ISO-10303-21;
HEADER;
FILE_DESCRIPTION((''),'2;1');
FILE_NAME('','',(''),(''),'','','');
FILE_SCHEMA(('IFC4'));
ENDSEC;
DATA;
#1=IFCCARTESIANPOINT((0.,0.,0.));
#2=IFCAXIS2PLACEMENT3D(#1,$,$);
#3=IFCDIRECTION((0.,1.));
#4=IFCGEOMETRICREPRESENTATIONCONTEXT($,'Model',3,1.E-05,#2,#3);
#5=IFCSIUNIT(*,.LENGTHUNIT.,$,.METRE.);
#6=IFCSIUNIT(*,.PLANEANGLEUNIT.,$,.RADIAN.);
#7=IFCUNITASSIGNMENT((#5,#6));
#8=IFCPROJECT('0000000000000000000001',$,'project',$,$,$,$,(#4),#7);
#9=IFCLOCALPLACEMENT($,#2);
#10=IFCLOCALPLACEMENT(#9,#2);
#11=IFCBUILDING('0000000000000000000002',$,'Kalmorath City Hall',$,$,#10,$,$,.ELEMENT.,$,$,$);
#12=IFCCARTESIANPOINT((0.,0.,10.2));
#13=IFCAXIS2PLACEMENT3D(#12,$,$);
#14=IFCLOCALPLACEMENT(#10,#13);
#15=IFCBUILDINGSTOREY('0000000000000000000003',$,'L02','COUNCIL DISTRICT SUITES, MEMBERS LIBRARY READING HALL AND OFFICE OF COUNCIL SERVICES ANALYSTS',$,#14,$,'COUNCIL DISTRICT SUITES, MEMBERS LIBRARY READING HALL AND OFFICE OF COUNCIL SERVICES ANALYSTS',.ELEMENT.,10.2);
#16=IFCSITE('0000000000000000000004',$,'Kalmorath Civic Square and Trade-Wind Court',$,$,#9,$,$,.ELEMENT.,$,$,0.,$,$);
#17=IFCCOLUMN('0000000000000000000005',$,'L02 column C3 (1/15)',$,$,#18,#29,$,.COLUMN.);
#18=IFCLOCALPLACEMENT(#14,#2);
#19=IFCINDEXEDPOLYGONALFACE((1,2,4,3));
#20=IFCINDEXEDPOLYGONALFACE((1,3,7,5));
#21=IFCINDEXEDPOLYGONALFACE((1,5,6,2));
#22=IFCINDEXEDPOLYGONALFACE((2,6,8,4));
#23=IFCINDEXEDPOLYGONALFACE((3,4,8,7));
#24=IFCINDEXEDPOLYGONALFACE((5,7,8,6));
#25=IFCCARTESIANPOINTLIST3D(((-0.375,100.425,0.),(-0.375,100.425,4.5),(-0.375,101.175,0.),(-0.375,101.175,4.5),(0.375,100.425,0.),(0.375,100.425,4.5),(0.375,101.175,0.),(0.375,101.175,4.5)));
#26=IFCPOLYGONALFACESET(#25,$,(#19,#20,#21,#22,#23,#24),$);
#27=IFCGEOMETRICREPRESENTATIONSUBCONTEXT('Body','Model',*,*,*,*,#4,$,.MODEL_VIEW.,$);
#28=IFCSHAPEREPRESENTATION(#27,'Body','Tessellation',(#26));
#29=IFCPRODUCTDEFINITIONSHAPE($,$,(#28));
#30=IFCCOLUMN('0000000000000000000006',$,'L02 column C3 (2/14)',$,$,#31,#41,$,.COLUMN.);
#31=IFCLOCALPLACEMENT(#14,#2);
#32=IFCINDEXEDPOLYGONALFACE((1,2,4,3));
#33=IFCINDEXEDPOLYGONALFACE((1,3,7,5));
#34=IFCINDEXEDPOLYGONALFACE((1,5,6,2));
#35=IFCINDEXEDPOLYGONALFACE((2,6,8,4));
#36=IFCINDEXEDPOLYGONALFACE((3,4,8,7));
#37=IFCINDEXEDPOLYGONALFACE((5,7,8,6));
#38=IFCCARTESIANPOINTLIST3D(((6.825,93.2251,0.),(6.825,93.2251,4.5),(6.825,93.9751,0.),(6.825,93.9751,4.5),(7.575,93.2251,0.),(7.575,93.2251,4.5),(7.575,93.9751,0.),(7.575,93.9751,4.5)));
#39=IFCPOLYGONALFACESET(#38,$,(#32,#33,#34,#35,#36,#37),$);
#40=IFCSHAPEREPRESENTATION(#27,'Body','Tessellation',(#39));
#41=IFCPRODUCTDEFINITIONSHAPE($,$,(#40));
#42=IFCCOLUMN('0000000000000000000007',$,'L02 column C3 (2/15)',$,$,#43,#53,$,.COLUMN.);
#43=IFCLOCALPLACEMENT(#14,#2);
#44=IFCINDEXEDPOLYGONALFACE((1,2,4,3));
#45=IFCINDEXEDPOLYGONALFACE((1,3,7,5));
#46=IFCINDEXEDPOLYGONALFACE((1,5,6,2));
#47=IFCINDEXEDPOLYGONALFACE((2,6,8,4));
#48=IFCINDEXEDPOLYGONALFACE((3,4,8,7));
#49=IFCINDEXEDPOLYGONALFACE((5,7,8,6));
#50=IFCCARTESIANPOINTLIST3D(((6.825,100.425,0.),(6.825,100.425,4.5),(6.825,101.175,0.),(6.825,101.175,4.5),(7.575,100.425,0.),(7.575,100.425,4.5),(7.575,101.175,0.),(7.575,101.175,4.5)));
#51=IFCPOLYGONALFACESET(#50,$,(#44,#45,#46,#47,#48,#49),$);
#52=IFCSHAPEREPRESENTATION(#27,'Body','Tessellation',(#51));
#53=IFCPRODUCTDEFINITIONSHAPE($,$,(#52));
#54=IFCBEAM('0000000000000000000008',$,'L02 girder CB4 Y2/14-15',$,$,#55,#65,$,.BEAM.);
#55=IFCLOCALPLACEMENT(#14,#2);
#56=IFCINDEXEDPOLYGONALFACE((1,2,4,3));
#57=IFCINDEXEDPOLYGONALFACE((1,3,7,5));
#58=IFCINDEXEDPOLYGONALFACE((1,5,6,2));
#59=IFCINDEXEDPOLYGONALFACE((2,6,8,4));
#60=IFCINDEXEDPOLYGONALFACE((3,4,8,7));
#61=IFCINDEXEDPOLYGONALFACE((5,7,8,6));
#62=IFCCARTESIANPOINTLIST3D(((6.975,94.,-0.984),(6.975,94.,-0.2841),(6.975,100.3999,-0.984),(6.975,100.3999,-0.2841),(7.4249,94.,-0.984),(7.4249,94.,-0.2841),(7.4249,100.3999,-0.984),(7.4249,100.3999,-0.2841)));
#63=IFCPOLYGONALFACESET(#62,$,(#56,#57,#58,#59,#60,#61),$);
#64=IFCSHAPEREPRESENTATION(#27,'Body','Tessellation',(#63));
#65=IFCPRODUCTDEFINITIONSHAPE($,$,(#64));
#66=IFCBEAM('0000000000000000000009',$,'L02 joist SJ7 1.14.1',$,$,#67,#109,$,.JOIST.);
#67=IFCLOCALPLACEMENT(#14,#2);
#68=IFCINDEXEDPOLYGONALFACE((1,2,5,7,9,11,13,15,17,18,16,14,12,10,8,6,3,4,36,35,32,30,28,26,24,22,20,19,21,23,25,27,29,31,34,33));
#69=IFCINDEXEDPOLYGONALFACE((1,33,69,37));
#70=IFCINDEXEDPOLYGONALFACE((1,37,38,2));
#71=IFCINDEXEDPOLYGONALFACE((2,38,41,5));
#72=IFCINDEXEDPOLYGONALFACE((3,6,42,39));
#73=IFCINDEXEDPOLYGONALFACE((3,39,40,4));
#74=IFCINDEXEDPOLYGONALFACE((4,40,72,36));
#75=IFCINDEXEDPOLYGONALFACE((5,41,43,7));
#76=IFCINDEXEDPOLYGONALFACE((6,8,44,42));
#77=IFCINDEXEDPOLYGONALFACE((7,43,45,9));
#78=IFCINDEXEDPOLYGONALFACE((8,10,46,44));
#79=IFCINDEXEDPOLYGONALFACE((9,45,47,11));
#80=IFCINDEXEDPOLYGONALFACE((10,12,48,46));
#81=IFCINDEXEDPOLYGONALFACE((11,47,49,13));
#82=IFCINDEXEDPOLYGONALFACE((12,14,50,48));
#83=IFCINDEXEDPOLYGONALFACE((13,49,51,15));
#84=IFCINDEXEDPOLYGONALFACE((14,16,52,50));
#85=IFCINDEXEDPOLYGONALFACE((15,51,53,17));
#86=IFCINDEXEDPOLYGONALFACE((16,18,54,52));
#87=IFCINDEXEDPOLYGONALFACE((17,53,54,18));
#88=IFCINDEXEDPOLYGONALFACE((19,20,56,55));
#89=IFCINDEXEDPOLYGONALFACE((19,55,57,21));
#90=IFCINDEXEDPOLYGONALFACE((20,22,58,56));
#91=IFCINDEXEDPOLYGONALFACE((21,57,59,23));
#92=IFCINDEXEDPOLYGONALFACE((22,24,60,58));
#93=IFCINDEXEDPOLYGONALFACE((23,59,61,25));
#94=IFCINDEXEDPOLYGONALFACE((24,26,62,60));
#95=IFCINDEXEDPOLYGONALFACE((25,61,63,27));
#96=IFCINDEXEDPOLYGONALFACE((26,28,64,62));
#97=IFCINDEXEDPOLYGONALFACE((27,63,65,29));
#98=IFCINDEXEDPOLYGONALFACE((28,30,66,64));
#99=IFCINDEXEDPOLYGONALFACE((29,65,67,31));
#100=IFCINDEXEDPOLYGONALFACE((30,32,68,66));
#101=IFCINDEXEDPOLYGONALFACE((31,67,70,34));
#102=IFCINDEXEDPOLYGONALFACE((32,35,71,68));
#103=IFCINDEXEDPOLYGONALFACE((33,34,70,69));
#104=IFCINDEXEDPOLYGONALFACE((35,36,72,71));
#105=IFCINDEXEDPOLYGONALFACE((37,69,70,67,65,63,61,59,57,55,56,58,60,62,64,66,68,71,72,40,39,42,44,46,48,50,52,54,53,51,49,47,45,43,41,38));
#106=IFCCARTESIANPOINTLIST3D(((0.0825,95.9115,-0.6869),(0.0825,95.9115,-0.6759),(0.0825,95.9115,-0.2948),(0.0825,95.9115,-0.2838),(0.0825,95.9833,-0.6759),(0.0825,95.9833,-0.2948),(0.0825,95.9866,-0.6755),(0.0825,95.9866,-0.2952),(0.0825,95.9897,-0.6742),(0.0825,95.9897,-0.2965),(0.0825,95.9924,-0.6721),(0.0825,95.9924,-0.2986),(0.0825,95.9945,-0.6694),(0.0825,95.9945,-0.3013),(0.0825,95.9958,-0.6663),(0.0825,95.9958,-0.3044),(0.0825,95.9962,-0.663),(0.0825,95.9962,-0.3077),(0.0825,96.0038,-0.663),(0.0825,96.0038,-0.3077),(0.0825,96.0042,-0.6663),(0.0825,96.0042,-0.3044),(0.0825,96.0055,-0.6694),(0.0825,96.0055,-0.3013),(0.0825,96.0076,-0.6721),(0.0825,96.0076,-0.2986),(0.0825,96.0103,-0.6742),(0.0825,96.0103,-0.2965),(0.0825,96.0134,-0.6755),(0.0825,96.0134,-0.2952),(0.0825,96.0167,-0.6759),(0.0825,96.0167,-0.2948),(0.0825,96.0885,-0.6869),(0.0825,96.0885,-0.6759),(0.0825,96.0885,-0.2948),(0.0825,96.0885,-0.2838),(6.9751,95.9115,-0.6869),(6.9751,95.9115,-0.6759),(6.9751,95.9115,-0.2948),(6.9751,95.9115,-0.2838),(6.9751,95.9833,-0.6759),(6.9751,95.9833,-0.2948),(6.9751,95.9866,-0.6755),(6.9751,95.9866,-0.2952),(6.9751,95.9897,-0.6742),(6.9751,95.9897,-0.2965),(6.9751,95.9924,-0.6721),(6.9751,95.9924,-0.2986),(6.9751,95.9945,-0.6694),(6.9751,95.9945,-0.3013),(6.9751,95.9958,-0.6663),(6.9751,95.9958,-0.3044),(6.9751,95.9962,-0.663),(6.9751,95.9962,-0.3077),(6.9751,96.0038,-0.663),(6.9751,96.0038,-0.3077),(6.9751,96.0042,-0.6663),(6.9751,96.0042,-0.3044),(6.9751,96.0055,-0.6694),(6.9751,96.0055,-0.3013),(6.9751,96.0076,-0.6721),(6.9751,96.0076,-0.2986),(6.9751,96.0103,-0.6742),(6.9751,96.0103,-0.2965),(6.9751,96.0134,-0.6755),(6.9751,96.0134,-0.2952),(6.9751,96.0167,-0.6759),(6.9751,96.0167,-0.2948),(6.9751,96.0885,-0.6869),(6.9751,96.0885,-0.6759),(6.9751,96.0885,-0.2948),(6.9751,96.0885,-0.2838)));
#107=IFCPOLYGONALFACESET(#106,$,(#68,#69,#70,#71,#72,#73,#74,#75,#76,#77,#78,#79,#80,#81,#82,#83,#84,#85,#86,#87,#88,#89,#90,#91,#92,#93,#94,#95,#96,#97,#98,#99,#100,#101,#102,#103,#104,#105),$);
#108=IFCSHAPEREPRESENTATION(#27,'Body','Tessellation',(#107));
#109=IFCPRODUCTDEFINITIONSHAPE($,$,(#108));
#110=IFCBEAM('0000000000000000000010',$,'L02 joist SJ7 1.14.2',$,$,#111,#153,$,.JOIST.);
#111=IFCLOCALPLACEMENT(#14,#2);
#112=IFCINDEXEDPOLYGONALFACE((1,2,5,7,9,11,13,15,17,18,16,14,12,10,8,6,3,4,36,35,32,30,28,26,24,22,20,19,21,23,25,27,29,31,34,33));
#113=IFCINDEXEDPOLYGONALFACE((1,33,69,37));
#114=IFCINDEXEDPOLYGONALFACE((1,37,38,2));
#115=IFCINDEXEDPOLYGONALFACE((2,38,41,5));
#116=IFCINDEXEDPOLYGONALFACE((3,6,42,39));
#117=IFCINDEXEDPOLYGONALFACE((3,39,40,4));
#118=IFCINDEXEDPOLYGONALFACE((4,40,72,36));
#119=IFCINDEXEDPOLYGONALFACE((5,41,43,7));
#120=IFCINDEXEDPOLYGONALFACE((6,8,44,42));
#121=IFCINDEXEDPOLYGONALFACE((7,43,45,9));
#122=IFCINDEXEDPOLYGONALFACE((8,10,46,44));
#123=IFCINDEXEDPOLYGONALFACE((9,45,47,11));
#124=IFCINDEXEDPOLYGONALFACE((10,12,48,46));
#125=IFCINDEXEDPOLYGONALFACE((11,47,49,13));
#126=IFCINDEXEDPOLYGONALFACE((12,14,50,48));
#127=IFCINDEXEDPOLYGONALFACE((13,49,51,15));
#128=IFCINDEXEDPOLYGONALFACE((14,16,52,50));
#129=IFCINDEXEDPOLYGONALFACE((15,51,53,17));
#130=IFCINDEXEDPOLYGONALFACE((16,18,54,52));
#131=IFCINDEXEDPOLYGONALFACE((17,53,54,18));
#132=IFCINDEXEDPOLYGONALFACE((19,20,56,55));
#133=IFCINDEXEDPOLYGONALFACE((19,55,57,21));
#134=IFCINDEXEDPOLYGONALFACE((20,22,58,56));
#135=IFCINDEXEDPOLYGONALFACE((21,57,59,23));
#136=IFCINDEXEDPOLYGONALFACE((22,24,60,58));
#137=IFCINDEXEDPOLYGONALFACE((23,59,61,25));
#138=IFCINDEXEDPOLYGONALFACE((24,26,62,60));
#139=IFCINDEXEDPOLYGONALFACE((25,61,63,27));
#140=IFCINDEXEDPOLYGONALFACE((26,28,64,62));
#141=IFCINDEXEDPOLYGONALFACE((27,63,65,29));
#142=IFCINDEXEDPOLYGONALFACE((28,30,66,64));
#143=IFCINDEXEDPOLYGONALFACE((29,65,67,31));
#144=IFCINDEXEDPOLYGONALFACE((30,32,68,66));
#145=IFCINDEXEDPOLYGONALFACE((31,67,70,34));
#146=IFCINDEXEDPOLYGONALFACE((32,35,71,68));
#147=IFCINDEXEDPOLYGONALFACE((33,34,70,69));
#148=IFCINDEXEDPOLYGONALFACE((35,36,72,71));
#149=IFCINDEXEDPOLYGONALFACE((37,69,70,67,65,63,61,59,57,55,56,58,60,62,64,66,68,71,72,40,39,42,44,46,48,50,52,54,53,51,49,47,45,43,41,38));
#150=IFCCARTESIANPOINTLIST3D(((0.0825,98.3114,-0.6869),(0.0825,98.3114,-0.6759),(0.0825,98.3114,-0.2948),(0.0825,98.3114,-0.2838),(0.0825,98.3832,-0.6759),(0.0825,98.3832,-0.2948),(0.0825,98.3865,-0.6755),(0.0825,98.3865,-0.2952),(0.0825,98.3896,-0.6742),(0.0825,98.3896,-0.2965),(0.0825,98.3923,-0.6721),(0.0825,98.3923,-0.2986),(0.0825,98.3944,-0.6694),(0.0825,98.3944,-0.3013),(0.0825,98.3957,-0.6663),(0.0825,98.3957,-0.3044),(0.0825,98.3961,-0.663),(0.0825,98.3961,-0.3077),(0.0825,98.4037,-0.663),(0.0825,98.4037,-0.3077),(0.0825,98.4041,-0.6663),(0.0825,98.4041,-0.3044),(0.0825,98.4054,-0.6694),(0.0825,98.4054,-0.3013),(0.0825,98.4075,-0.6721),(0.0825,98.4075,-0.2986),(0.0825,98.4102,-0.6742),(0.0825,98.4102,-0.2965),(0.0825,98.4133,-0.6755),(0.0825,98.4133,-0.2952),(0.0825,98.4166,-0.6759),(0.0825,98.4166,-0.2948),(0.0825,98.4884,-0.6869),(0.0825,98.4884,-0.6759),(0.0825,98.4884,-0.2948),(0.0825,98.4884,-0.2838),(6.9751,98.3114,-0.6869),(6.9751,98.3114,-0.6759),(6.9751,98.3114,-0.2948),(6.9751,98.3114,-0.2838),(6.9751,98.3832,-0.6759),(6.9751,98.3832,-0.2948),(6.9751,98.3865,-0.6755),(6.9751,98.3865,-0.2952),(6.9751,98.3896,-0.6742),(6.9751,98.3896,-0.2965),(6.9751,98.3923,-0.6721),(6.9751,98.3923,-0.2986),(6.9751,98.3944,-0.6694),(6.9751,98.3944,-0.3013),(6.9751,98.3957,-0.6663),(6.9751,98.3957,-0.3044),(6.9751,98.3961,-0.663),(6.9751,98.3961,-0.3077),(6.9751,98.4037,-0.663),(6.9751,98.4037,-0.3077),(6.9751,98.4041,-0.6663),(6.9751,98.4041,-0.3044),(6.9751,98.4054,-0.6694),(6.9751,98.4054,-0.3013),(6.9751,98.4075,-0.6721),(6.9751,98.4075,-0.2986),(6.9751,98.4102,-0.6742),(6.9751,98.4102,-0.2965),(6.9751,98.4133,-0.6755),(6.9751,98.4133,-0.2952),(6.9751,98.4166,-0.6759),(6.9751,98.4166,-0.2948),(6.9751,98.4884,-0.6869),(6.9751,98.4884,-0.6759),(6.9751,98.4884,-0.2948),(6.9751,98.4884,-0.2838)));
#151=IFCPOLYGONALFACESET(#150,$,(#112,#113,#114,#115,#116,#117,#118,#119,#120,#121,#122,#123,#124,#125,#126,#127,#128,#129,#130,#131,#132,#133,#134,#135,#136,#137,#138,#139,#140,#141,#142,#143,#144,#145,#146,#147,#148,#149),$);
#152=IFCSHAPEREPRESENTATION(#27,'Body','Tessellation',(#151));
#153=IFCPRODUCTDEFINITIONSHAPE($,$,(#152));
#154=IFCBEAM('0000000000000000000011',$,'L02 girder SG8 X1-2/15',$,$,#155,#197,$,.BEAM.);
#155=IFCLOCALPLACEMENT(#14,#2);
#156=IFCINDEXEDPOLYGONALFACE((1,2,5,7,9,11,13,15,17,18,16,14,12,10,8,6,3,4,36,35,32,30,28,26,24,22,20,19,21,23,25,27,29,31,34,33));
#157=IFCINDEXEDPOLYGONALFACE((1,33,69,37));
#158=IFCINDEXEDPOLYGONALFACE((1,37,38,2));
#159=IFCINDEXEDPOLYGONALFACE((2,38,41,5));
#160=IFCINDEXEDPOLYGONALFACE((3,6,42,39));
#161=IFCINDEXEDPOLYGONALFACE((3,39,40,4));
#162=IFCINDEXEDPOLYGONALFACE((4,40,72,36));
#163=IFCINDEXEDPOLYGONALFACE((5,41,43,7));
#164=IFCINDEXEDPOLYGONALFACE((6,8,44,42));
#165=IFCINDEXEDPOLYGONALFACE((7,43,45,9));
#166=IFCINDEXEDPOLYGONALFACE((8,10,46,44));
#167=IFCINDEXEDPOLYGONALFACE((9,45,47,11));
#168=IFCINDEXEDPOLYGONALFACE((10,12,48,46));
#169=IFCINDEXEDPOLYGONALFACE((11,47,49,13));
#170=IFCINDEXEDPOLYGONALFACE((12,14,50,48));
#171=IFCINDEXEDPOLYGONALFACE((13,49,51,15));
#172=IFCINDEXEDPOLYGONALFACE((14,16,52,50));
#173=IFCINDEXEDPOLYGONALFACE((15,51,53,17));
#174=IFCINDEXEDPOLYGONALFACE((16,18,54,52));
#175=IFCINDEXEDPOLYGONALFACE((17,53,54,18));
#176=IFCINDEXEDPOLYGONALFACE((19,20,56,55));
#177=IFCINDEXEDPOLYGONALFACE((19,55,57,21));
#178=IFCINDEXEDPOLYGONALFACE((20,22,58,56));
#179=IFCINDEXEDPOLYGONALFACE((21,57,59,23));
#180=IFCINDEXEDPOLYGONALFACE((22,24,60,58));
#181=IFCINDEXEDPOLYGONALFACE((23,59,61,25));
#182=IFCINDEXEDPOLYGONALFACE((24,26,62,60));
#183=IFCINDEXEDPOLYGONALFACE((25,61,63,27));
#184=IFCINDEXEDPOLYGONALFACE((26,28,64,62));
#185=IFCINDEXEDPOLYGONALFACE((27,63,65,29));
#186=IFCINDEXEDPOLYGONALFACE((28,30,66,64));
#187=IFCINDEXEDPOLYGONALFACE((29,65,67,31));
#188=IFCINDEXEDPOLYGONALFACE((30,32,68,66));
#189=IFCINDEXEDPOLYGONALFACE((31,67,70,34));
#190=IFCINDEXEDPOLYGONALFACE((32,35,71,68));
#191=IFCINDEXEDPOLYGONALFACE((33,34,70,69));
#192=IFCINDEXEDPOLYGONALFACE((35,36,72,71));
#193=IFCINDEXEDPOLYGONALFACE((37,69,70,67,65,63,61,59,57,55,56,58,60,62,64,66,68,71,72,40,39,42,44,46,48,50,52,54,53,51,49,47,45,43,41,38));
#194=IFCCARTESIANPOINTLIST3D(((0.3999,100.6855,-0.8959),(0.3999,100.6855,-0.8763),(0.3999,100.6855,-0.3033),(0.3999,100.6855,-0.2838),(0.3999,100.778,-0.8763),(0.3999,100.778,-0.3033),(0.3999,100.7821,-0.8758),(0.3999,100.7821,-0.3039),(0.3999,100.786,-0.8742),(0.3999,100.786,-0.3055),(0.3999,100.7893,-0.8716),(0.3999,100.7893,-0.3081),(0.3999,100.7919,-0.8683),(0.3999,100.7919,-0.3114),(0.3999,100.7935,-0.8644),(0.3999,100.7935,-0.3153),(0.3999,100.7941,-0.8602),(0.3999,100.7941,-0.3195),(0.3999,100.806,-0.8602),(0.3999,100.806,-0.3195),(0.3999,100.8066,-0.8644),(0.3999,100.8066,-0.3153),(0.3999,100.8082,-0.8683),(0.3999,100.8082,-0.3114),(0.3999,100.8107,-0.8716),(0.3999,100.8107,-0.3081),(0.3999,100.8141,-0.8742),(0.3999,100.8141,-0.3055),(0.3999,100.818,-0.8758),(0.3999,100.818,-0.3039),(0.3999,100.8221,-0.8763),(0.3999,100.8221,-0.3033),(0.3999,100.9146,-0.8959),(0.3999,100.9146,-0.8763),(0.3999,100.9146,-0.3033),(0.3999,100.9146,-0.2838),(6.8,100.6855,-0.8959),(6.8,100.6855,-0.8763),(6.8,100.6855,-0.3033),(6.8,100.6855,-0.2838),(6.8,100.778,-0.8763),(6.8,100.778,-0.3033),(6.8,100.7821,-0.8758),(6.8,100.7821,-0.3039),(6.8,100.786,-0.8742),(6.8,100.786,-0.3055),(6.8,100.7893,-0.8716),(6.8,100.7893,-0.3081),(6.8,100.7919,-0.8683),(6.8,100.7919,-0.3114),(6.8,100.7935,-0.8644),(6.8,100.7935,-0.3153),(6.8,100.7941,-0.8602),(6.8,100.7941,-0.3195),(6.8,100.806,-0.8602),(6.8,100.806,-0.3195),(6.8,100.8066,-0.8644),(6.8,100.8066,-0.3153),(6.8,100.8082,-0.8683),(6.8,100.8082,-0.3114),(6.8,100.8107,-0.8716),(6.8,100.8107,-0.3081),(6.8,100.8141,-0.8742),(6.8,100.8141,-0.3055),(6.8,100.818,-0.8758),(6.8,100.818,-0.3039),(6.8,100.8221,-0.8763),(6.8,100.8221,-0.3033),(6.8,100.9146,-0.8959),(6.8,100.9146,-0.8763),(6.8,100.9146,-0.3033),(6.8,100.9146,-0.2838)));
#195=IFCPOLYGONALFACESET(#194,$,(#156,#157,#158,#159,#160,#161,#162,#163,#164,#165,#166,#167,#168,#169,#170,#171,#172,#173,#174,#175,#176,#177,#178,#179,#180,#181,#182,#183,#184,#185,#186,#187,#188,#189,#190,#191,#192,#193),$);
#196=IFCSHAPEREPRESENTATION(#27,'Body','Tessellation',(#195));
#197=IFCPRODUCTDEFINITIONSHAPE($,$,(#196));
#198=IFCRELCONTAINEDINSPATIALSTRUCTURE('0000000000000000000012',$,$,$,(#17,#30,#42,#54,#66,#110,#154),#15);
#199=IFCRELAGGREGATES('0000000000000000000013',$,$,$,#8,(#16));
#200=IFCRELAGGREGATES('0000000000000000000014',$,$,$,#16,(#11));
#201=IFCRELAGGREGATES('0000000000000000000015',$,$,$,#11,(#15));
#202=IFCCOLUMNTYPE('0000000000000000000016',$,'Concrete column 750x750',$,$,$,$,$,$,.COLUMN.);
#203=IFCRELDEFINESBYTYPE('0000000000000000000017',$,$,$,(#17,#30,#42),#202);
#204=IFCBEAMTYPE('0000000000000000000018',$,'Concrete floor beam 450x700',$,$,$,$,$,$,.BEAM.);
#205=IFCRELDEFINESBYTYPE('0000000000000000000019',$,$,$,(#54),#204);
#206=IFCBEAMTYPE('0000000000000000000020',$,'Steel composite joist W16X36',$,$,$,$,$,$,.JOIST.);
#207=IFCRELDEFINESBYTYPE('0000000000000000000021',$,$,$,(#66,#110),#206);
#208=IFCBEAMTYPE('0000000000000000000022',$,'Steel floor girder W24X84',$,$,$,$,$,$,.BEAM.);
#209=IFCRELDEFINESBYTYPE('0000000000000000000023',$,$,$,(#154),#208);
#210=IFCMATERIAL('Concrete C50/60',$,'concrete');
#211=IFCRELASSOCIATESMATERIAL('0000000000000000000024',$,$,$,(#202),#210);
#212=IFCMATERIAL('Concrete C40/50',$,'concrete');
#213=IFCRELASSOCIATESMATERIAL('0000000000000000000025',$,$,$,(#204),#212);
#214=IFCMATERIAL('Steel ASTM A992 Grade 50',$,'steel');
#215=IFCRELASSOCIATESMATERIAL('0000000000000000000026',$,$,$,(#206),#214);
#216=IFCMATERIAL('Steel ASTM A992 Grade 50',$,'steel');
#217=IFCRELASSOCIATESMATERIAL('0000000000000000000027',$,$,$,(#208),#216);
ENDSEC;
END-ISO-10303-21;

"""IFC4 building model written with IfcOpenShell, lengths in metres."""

from ifc_helpers import new_model, si_unit, direction, frame, origin, origin_2d, place, context, subcontext, project, spatial, rectangle, i_section, extrude, material, material_profile, profile_set, type_object, element, save


model = new_model("IFC4")

# Units and contexts
model_context = context("Model", 3, precision=1e-05, world=origin(), true_north=direction((0.0, 1.0)))
body_context = subcontext(model_context, "Body", "Model", "MODEL_VIEW")
ifc_project = project(units=[si_unit("LENGTHUNIT", "METRE"), si_unit("PLANEANGLEUNIT", "RADIAN")], contexts=[model_context])

# Site, building, storey
site_placement = place(None, origin())
site = spatial("IfcSite", under=ifc_project, at=site_placement, Name="Kalmorath Civic Square and Trade-Wind Court", CompositionType="ELEMENT", RefElevation=0.0)
building_placement = place(site_placement, origin())
building = spatial("IfcBuilding", under=site, at=building_placement, Name="Kalmorath City Hall", CompositionType="ELEMENT")
storey_placement = place(building_placement, frame((0.0, 0.0, 10.2)))
storey = spatial("IfcBuildingStorey", under=building, at=storey_placement, Name="L02", Description="COUNCIL DISTRICT SUITES, MEMBERS LIBRARY READING HALL AND OFFICE OF COUNCIL SERVICES ANALYSTS", LongName="COUNCIL DISTRICT SUITES, MEMBERS LIBRARY READING HALL AND OFFICE OF COUNCIL SERVICES ANALYSTS", CompositionType="ELEMENT", Elevation=10.2)

# Columns
ifc_material_1 = material(Name="Concrete C50/60", Category="concrete")
ifc_material_profile_1 = material_profile(ifc_material_1, rectangle(XDim=0.75, YDim=0.75, at=origin_2d()), Name="RC-COL-750X750")
ifc_profile_set_1 = profile_set([ifc_material_profile_1], Name="Concrete C50/60")
column_type = type_object("IfcColumnType", Name="Concrete column 750x750", PredefinedType="COLUMN", material=ifc_profile_set_1)
for number, where, z_axis, x_axis, name in (
    (1, (0.0, 100.8, 0.0), (0.0, 0.0, 1.0), (1.0, 0.0, 0.0), "L02 column C3 (1/15)"),
    (2, (7.2, 93.6001, 0.0), (0.0, 0.0, 1.0), (1.0, 0.0, 0.0), "L02 column C3 (2/14)"),
    (3, (7.2, 100.8, 0.0), (0.0, 0.0, 1.0), (1.0, 0.0, 0.0), "L02 column C3 (2/15)"),
):
    element("IfcColumn", number, at=place(storey_placement, frame(where, z_axis=z_axis, x_axis=x_axis)), inside=storey, type_object=column_type, Name=name, PredefinedType="COLUMN", context=body_context, shape_type="SweptSolid", body=[
        extrude(rectangle(XDim=0.75, YDim=0.75, at=origin_2d()), origin(), (0.0, 0.0, 1.0), 4.5),
    ])

# Beams
ifc_material_2 = material(Name="Concrete C40/50", Category="concrete")
ifc_material_profile_2 = material_profile(ifc_material_2, rectangle(XDim=0.45, YDim=0.7, at=origin_2d()), Name="RC-BM-450X700")
ifc_profile_set_2 = profile_set([ifc_material_profile_2], Name="Concrete C40/50")
beam_type_1 = type_object("IfcBeamType", Name="Concrete floor beam 450x700", PredefinedType="BEAM", material=ifc_profile_set_2)
beam_1_placement = place(storey_placement, frame((7.2, 94.0, -0.634), z_axis=(0.0, 1.0, 0.0), x_axis=(-1.0, 0.0, 0.0)))
element("IfcBeam", 4, at=beam_1_placement, inside=storey, type_object=beam_type_1, Name="L02 girder CB4 Y2/14-15", PredefinedType="BEAM", context=body_context, shape_type="SweptSolid", body=[
    extrude(rectangle(XDim=0.45, YDim=0.7, at=origin_2d()), origin(), (0.0, 0.0, 1.0), 6.3999),
])
ifc_material_3 = material(Name="Steel ASTM A992 Grade 50", Category="steel")
ifc_material_profile_3 = material_profile(ifc_material_3, i_section(OverallWidth=0.177, OverallDepth=0.4031, WebThickness=0.0076, FlangeThickness=0.011, FilletRadius=0.0129, at=origin_2d()), Name="W16X36")
ifc_profile_set_3 = profile_set([ifc_material_profile_3], Name="Steel ASTM A992 Grade 50")
beam_type_2 = type_object("IfcBeamType", Name="Steel composite joist W16X36", PredefinedType="JOIST", material=ifc_profile_set_3)
for number, where, z_axis, x_axis, name in (
    (5, (0.0825, 96.0, -0.4854), (1.0, 0.0, 0.0), (0.0, 1.0, 0.0), "L02 joist SJ7 1.14.1"),
    (6, (0.0825, 98.3999, -0.4854), (1.0, 0.0, 0.0), (0.0, 1.0, 0.0), "L02 joist SJ7 1.14.2"),
):
    element("IfcBeam", number, at=place(storey_placement, frame(where, z_axis=z_axis, x_axis=x_axis)), inside=storey, type_object=beam_type_2, Name=name, PredefinedType="JOIST", context=body_context, shape_type="SweptSolid", body=[
        extrude(i_section(OverallWidth=0.177, OverallDepth=0.4031, WebThickness=0.0076, FlangeThickness=0.011, FilletRadius=0.0129, at=origin_2d()), origin(), (0.0, 0.0, 1.0), 6.8926),
    ])
ifc_material_4 = material(Name="Steel ASTM A992 Grade 50", Category="steel")
ifc_material_profile_4 = material_profile(ifc_material_4, i_section(OverallWidth=0.229, OverallDepth=0.6121, WebThickness=0.012, FlangeThickness=0.0195, FilletRadius=0.0161, at=origin_2d()), Name="W24X84")
ifc_profile_set_4 = profile_set([ifc_material_profile_4], Name="Steel ASTM A992 Grade 50")
beam_type_3 = type_object("IfcBeamType", Name="Steel floor girder W24X84", PredefinedType="BEAM", material=ifc_profile_set_4)
beam_2_placement = place(storey_placement, frame((0.3999, 100.8, -0.5898), z_axis=(1.0, 0.0, 0.0), x_axis=(0.0, 1.0, 0.0)))
element("IfcBeam", 7, at=beam_2_placement, inside=storey, type_object=beam_type_3, Name="L02 girder SG8 X1-2/15", PredefinedType="BEAM", context=body_context, shape_type="SweptSolid", body=[
    extrude(i_section(OverallWidth=0.229, OverallDepth=0.6121, WebThickness=0.012, FlangeThickness=0.0195, FilletRadius=0.0161, at=origin_2d()), origin(), (0.0, 0.0, 1.0), 6.4001),
])

save(model, "model.ifc")
